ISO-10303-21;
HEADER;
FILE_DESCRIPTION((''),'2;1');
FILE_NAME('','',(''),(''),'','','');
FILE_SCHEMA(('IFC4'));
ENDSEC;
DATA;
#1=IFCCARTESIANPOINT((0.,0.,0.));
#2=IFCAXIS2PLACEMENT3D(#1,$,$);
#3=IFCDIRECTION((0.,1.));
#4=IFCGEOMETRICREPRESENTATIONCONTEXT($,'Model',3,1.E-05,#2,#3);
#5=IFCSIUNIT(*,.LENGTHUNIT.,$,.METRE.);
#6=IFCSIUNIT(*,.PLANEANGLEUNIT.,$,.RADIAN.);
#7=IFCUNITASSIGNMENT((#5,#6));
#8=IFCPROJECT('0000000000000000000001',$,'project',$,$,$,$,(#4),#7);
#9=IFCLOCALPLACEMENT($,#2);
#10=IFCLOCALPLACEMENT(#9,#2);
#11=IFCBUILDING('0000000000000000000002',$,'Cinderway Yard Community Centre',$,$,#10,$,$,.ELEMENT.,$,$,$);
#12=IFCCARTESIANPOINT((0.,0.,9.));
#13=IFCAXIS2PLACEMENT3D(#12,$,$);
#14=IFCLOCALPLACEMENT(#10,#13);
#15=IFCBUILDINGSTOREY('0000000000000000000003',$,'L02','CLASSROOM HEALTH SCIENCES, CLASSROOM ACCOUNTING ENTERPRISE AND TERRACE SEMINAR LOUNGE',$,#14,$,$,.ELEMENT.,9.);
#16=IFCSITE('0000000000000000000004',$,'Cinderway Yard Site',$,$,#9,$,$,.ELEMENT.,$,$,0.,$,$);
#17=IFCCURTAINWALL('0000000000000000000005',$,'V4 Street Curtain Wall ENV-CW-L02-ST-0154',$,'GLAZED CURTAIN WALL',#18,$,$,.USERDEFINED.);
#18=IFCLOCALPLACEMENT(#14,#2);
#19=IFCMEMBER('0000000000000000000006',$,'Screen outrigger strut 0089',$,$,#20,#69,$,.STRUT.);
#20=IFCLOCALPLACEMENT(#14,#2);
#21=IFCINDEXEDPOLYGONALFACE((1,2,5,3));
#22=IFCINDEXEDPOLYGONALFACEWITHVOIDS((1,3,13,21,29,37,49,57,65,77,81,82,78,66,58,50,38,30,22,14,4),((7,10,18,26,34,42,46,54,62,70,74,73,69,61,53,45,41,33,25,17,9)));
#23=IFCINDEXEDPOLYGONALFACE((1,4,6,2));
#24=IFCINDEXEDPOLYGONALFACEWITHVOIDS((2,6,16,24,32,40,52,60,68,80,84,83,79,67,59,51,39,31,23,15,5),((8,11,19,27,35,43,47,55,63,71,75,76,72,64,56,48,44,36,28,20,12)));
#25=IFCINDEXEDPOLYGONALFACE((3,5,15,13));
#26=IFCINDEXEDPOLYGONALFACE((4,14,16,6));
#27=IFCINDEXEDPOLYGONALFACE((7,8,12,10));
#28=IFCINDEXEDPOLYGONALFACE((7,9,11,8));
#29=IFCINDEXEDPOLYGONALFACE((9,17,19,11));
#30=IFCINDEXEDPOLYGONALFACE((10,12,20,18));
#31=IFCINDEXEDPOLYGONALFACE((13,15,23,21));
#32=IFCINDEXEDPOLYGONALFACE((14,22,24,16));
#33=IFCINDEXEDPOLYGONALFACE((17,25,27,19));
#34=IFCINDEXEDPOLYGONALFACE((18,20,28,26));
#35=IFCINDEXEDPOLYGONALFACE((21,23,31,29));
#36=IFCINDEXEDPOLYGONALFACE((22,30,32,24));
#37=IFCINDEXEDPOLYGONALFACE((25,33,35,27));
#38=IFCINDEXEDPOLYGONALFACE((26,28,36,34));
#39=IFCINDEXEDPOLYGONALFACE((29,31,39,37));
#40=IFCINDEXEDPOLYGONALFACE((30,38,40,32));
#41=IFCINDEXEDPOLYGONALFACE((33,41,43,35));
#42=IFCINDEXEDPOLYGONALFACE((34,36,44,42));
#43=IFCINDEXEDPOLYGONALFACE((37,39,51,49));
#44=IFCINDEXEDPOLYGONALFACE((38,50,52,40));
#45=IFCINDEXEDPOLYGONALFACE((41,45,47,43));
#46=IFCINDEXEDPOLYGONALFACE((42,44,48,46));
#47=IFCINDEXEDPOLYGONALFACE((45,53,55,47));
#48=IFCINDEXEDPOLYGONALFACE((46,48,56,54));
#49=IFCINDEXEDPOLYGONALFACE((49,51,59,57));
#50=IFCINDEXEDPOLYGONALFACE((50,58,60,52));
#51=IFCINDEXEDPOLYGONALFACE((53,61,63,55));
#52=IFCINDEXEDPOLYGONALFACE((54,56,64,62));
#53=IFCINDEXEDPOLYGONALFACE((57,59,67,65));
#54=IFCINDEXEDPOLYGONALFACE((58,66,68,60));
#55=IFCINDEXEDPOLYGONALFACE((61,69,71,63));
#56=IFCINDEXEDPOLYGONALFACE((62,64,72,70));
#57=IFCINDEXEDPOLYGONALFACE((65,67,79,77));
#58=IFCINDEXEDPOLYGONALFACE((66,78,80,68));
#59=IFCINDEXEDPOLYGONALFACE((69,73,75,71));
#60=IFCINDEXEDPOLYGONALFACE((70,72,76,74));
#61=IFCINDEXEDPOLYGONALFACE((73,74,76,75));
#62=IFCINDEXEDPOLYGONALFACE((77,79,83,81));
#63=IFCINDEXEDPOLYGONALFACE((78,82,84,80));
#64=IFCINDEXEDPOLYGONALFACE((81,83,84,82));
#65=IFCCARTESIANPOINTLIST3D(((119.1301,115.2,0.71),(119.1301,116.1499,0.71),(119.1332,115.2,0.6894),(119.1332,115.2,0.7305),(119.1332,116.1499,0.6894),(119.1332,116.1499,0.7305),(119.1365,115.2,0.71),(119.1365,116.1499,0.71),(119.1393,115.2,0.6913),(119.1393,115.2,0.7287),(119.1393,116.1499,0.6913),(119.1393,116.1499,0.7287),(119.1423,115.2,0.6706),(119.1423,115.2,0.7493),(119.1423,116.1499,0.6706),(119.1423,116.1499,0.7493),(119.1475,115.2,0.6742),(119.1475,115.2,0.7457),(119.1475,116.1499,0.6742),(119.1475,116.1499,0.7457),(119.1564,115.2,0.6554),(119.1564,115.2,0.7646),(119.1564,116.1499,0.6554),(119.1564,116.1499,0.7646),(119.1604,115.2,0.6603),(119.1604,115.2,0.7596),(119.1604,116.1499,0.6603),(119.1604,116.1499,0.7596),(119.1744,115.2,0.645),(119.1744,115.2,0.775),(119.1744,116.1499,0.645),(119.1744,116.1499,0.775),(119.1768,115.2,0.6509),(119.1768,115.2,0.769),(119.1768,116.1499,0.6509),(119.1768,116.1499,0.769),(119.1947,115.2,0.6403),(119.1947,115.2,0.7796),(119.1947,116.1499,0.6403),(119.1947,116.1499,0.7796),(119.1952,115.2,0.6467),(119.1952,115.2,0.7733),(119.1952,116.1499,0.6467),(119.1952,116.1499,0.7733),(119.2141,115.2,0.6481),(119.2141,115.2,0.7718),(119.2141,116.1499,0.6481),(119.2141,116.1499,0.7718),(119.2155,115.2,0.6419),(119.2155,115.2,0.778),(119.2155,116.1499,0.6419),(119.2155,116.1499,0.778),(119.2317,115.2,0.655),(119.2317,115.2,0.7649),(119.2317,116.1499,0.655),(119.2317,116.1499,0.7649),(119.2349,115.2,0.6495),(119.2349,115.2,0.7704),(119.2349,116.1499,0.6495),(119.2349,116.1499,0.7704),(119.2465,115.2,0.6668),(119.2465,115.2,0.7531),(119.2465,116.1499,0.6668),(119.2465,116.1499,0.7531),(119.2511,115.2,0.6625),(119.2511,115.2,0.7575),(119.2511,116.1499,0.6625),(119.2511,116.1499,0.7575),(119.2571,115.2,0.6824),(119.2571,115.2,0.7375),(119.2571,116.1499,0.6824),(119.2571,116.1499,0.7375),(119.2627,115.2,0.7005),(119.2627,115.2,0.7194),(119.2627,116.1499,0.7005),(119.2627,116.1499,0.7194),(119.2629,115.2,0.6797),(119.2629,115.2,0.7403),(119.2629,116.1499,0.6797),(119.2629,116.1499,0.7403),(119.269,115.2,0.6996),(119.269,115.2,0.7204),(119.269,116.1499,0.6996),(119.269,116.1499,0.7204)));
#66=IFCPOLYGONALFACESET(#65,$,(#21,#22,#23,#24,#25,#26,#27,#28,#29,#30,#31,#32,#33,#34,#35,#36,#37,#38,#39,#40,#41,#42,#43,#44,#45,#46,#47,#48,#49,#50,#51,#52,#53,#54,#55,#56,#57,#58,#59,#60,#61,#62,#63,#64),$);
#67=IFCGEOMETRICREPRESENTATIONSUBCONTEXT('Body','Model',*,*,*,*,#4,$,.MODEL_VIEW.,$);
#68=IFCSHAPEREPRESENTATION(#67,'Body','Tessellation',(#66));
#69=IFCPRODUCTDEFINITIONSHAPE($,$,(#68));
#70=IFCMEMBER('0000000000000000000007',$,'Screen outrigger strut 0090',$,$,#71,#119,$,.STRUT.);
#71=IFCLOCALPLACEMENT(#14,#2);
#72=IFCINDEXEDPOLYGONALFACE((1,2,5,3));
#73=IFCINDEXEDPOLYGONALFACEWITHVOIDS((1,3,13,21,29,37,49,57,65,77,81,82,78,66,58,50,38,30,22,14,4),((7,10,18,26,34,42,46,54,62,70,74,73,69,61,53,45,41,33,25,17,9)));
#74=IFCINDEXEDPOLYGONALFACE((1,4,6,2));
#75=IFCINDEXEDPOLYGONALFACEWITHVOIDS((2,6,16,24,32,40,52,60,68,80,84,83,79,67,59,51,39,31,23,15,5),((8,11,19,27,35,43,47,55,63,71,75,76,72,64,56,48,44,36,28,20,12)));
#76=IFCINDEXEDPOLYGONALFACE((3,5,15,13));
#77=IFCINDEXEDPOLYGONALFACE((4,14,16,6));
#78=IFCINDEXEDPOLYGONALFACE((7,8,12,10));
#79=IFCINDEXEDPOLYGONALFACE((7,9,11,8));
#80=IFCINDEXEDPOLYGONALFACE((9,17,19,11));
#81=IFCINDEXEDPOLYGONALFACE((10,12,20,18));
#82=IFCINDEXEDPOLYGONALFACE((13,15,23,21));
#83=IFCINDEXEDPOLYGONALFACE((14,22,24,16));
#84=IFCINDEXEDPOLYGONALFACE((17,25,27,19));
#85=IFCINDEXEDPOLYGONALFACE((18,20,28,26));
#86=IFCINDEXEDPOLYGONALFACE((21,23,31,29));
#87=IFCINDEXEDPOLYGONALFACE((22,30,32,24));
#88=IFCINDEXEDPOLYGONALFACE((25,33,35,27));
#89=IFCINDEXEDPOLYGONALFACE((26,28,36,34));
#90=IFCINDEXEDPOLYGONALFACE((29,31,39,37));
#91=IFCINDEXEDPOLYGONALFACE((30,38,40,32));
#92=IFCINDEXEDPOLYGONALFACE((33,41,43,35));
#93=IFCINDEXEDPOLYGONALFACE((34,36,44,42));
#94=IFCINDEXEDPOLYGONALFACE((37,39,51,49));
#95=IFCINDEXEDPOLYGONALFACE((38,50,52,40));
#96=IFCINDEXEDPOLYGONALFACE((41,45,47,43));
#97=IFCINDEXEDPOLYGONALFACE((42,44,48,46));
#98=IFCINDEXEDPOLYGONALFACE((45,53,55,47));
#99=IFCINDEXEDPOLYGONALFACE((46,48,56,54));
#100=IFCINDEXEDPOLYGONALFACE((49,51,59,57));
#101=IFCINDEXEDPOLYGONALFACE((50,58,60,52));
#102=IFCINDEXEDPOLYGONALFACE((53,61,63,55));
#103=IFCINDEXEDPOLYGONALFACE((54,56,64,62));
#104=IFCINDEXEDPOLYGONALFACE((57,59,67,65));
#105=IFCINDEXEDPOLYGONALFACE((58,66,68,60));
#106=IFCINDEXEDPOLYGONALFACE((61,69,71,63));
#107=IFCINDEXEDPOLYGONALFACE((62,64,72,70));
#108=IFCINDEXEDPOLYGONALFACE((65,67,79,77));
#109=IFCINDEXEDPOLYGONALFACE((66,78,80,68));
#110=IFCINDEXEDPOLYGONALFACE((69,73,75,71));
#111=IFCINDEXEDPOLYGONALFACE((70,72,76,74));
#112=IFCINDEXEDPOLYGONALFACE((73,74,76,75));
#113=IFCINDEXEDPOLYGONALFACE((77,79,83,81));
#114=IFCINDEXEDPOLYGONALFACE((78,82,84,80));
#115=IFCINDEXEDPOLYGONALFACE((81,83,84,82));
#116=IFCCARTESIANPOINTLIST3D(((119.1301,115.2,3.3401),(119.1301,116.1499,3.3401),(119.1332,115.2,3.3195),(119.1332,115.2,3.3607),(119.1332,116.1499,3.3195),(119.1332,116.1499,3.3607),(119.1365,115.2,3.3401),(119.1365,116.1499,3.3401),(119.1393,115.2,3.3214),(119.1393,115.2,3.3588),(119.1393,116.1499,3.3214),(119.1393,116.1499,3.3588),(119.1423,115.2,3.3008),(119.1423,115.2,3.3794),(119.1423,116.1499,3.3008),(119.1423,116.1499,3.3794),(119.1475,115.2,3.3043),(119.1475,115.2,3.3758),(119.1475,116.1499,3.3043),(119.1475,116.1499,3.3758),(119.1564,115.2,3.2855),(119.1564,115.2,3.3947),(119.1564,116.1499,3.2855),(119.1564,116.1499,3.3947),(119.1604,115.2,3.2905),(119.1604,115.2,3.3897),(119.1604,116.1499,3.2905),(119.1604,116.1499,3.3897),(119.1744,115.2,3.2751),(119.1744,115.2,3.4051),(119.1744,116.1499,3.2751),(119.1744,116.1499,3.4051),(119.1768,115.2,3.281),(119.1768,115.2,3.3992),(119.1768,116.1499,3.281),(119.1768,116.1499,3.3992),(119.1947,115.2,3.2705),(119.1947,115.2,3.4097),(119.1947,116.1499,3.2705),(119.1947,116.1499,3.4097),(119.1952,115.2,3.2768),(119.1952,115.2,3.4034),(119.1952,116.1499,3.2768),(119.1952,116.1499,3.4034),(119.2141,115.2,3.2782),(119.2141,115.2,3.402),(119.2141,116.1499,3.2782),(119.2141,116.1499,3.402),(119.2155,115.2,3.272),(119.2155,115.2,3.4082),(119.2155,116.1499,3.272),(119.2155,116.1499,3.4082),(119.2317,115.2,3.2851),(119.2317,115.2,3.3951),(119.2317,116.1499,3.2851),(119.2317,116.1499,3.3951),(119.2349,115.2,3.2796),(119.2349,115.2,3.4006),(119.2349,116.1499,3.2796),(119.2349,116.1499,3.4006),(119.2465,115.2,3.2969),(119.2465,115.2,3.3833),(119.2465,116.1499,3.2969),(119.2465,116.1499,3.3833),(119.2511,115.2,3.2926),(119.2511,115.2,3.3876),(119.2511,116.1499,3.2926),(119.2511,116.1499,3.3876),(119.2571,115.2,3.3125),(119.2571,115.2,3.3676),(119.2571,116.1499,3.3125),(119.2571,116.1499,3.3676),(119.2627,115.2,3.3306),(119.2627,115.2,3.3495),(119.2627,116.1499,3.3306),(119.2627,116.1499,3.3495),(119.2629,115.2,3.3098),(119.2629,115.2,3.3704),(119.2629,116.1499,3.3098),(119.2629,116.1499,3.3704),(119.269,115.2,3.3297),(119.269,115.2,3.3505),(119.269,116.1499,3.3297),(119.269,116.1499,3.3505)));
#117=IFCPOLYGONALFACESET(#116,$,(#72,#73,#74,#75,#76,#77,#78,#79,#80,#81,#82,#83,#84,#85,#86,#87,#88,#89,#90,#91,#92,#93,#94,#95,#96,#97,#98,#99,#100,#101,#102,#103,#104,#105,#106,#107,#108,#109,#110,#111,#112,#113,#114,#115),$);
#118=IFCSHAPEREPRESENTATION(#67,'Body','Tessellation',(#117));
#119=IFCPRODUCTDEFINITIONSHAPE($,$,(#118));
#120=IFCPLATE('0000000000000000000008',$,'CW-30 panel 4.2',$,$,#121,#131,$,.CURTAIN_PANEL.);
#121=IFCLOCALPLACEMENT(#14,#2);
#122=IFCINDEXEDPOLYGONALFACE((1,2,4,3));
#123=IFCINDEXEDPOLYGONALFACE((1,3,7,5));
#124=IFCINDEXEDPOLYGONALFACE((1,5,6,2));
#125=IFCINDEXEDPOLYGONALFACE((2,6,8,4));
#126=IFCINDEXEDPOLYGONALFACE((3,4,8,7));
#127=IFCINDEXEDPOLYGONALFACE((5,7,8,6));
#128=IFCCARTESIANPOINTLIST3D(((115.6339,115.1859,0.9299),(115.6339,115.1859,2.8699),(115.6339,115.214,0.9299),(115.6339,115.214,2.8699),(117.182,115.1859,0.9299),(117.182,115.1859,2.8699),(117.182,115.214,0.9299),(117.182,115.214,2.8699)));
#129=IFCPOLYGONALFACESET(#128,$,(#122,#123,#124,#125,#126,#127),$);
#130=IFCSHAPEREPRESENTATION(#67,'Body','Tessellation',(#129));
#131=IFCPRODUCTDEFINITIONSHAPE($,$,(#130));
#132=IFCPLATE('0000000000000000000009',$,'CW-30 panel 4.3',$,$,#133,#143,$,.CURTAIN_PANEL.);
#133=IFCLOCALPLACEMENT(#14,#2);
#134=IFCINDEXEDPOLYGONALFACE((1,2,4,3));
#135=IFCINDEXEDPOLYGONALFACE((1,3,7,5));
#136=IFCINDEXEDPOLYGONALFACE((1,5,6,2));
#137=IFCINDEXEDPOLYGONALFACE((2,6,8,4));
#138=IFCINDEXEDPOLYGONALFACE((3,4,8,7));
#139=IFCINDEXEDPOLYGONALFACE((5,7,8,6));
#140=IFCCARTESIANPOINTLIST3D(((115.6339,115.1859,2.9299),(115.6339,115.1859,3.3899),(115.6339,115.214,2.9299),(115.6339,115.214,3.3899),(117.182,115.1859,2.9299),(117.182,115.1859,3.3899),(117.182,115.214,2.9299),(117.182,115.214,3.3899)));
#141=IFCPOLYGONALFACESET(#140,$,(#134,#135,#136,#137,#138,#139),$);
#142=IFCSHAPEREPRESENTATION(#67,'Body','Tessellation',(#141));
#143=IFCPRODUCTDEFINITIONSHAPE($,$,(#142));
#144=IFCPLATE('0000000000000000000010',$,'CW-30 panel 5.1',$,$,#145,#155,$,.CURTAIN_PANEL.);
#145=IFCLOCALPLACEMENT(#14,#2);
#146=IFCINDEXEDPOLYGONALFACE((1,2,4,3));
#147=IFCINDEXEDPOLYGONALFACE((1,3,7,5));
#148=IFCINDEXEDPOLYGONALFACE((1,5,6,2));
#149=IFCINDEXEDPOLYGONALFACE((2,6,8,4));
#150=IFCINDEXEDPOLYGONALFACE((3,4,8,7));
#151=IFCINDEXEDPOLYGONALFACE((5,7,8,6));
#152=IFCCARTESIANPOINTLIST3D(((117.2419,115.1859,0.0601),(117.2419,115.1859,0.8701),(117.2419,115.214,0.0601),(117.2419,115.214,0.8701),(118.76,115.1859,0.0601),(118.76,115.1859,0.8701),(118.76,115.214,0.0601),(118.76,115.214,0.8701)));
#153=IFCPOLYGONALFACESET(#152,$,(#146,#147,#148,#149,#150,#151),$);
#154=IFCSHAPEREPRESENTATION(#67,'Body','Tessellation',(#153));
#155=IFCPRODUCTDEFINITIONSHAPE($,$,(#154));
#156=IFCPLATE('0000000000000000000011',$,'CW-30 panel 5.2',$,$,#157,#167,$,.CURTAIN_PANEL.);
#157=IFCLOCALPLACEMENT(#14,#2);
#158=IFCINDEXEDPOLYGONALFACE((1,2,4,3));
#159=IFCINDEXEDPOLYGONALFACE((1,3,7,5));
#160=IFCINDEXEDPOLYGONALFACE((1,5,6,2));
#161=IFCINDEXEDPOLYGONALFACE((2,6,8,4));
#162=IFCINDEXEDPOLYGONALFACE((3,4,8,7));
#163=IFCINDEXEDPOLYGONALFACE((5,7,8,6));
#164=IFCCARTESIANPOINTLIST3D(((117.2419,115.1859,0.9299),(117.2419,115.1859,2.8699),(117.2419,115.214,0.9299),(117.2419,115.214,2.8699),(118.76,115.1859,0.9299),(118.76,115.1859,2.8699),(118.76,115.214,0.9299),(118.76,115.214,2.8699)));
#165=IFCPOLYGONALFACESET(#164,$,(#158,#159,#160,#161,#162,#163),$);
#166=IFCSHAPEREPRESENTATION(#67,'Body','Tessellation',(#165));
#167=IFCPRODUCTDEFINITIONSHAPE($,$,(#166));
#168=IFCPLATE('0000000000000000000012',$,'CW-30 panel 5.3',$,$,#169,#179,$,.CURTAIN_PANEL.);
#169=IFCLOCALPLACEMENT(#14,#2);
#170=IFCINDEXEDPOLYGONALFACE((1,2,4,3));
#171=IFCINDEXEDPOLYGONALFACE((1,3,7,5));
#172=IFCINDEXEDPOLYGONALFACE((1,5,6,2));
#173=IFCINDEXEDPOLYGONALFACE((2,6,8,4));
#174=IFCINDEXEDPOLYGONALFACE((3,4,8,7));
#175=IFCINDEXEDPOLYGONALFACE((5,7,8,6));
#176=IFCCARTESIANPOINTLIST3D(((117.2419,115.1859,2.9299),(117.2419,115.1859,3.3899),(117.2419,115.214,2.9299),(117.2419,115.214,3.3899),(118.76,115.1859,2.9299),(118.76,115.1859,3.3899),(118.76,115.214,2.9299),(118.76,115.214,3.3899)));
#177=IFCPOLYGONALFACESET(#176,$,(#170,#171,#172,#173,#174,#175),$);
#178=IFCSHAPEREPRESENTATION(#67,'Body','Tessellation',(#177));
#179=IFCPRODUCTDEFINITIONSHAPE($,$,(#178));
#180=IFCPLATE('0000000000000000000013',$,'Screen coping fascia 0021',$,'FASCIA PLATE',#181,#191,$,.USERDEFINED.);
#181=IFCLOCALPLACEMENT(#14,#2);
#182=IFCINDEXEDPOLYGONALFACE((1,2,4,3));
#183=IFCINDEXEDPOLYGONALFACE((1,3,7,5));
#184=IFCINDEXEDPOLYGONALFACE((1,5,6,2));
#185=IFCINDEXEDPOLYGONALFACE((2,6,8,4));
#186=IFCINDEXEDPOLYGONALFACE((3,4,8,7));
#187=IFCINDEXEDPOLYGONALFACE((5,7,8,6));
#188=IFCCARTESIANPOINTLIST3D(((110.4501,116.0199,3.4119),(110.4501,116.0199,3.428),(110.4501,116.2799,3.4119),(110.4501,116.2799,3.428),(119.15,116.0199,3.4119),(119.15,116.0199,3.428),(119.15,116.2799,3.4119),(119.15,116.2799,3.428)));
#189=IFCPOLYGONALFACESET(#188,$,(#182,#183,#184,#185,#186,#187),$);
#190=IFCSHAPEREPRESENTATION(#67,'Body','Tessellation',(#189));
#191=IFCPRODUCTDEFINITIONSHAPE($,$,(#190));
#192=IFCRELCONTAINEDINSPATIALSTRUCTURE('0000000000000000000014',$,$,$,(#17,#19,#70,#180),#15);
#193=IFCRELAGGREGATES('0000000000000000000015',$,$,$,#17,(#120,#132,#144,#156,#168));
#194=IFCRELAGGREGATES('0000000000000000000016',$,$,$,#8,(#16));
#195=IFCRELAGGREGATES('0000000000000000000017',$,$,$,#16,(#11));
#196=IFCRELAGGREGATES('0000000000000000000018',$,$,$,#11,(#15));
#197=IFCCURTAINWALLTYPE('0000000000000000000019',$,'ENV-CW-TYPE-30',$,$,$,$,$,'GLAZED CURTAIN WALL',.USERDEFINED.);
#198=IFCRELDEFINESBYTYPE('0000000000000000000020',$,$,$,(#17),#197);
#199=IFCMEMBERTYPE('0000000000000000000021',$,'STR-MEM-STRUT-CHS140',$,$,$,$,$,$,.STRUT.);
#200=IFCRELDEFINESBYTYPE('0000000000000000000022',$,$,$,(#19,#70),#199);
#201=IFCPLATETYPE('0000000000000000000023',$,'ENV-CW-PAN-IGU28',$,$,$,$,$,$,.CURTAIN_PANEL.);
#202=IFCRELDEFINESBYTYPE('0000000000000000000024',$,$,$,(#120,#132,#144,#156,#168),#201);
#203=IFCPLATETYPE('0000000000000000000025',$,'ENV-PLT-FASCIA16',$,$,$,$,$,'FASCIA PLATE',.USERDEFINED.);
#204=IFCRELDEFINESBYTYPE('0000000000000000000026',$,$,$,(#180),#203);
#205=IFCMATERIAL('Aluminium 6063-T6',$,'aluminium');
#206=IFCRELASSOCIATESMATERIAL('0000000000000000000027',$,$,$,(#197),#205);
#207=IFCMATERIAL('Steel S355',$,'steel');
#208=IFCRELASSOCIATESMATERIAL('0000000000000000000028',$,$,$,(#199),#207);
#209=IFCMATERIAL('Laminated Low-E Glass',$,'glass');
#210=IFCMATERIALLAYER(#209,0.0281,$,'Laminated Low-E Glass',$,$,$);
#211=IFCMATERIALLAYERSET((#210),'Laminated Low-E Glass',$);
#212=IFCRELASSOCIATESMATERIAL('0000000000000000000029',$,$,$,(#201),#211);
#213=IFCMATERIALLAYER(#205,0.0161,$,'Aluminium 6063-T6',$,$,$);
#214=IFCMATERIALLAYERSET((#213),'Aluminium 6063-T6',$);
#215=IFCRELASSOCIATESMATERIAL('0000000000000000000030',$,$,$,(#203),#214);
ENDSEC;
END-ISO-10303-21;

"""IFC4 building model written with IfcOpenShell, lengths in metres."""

from ifc_helpers import new_model, si_unit, direction, frame, origin, origin_2d, place, context, subcontext, project, spatial, rectangle, hollow_circle, extrude, material, layer, layer_set, material_profile, profile_set, type_object, element, aggregate, save


model = new_model("IFC4")

# Units and contexts
model_context = context("Model", 3, precision=1e-05, world=origin(), true_north=direction((0.0, 1.0)))
body_context = subcontext(model_context, "Body", "Model", "MODEL_VIEW")
ifc_project = project(units=[si_unit("LENGTHUNIT", "METRE"), si_unit("PLANEANGLEUNIT", "RADIAN")], contexts=[model_context])

# Site, building, storey
site_placement = place(None, origin())
site = spatial("IfcSite", under=ifc_project, at=site_placement, Name="Cinderway Yard Site", CompositionType="ELEMENT", RefElevation=0.0)
building_placement = place(site_placement, origin())
building = spatial("IfcBuilding", under=site, at=building_placement, Name="Cinderway Yard Community Centre", CompositionType="ELEMENT")
storey_placement = place(building_placement, frame((0.0, 0.0, 9.0)))
storey = spatial("IfcBuildingStorey", under=building, at=storey_placement, Name="L02", Description="CLASSROOM HEALTH SCIENCES, CLASSROOM ACCOUNTING ENTERPRISE AND TERRACE SEMINAR LOUNGE", CompositionType="ELEMENT", Elevation=9.0)

# Curtain wall
ifc_material_1 = material(Name="Aluminium 6063-T6", Category="aluminium")
curtain_wall_type = type_object("IfcCurtainWallType", Name="ENV-CW-TYPE-30", ElementType="GLAZED CURTAIN WALL", PredefinedType="USERDEFINED", material=ifc_material_1)
curtain_wall_placement = place(storey_placement, origin())
curtain_wall = element("IfcCurtainWall", 1, at=curtain_wall_placement, inside=storey, type_object=curtain_wall_type, Name="V4 Street Curtain Wall ENV-CW-L02-ST-0154", ObjectType="GLAZED CURTAIN WALL", PredefinedType="USERDEFINED")

# Shared definitions
ifc_material_2 = material(Name="Steel S355", Category="steel")

# Members
ifc_material_profile_1 = material_profile(ifc_material_2, hollow_circle(Radius=0.0698, WallThickness=0.0063, at=origin_2d()), Name="Steel S355")
ifc_profile_set_1 = profile_set([ifc_material_profile_1], Name="Steel S355")
member_type_1 = type_object("IfcMemberType", Name="STR-MEM-STRUT-CHS140", PredefinedType="STRUT", material=ifc_profile_set_1)
for number, where, z_axis, x_axis, name in (
    (2, (119.2, 115.2, 0.71), (0.0, 1.0, 0.0), (-1.0, 0.0, 0.0), "Screen outrigger strut 0089"),
    (3, (119.2, 115.2, 3.3401), (0.0, 1.0, 0.0), (-1.0, 0.0, 0.0), "Screen outrigger strut 0090"),
):
    element("IfcMember", number, at=place(storey_placement, frame(where, z_axis=z_axis, x_axis=x_axis)), inside=storey, type_object=member_type_1, Name=name, PredefinedType="STRUT", context=body_context, shape_type="SweptSolid", body=[
        extrude(hollow_circle(Radius=0.0698, WallThickness=0.0063, at=origin_2d()), origin(), (0.0, 0.0, 1.0), 0.95),
    ])

# Plates
ifc_material_3 = material(Name="Laminated Low-E Glass", Category="glass")
ifc_layer_1 = layer(ifc_material_3, 0.0281, Name="Laminated Low-E Glass")
ifc_layer_set_1 = layer_set([ifc_layer_1], Name="Laminated Low-E Glass")
plate_type_1 = type_object("IfcPlateType", Name="ENV-CW-PAN-IGU28", PredefinedType="CURTAIN_PANEL", material=ifc_layer_set_1)
plate_1_placement = place(storey_placement, frame((116.408, 115.2, 0.9299), z_axis=(0.0, 0.0, 1.0), x_axis=(1.0, 0.0, 0.0)))
plate_1 = element("IfcPlate", 4, at=plate_1_placement, type_object=plate_type_1, Name="CW-30 panel 4.2", PredefinedType="CURTAIN_PANEL", context=body_context, shape_type="SweptSolid", body=[
    extrude(rectangle(XDim=1.5481, YDim=0.0281, at=origin_2d()), origin(), (0.0, 0.0, 1.0), 1.9399),
])
plate_2_placement = place(storey_placement, frame((116.408, 115.2, 2.9299), z_axis=(0.0, 0.0, 1.0), x_axis=(1.0, 0.0, 0.0)))
plate_2 = element("IfcPlate", 5, at=plate_2_placement, type_object=plate_type_1, Name="CW-30 panel 4.3", PredefinedType="CURTAIN_PANEL", context=body_context, shape_type="SweptSolid", body=[
    extrude(rectangle(XDim=1.5481, YDim=0.0281, at=origin_2d()), origin(), (0.0, 0.0, 1.0), 0.46),
])
plate_3_placement = place(storey_placement, frame((118.001, 115.2, 0.0601), z_axis=(0.0, 0.0, 1.0), x_axis=(1.0, 0.0, 0.0)))
plate_3 = element("IfcPlate", 6, at=plate_3_placement, type_object=plate_type_1, Name="CW-30 panel 5.1", PredefinedType="CURTAIN_PANEL", context=body_context, shape_type="SweptSolid", body=[
    extrude(rectangle(XDim=1.5181, YDim=0.0281, at=origin_2d()), origin(), (0.0, 0.0, 1.0), 0.8101),
])
plate_4_placement = place(storey_placement, frame((118.001, 115.2, 0.9299), z_axis=(0.0, 0.0, 1.0), x_axis=(1.0, 0.0, 0.0)))
plate_4 = element("IfcPlate", 7, at=plate_4_placement, type_object=plate_type_1, Name="CW-30 panel 5.2", PredefinedType="CURTAIN_PANEL", context=body_context, shape_type="SweptSolid", body=[
    extrude(rectangle(XDim=1.5181, YDim=0.0281, at=origin_2d()), origin(), (0.0, 0.0, 1.0), 1.9399),
])
plate_5_placement = place(storey_placement, frame((118.001, 115.2, 2.9299), z_axis=(0.0, 0.0, 1.0), x_axis=(1.0, 0.0, 0.0)))
plate_5 = element("IfcPlate", 8, at=plate_5_placement, type_object=plate_type_1, Name="CW-30 panel 5.3", PredefinedType="CURTAIN_PANEL", context=body_context, shape_type="SweptSolid", body=[
    extrude(rectangle(XDim=1.5181, YDim=0.0281, at=origin_2d()), origin(), (0.0, 0.0, 1.0), 0.46),
])
aggregate(curtain_wall, [plate_1, plate_2, plate_3, plate_4, plate_5])
ifc_layer_2 = layer(ifc_material_1, 0.0161, Name="Aluminium 6063-T6")
ifc_layer_set_2 = layer_set([ifc_layer_2], Name="Aluminium 6063-T6")
plate_type_2 = type_object("IfcPlateType", Name="ENV-PLT-FASCIA16", ElementType="FASCIA PLATE", PredefinedType="USERDEFINED", material=ifc_layer_set_2)
plate_6_placement = place(storey_placement, frame((114.8, 116.1499, 3.4119), z_axis=(0.0, 0.0, 1.0), x_axis=(1.0, 0.0, 0.0)))
element("IfcPlate", 9, at=plate_6_placement, inside=storey, type_object=plate_type_2, Name="Screen coping fascia 0021", ObjectType="FASCIA PLATE", PredefinedType="USERDEFINED", context=body_context, shape_type="SweptSolid", body=[
    extrude(rectangle(XDim=8.7, YDim=0.26, at=origin_2d()), origin(), (0.0, 0.0, 1.0), 0.0161),
])

save(model, "model.ifc")
